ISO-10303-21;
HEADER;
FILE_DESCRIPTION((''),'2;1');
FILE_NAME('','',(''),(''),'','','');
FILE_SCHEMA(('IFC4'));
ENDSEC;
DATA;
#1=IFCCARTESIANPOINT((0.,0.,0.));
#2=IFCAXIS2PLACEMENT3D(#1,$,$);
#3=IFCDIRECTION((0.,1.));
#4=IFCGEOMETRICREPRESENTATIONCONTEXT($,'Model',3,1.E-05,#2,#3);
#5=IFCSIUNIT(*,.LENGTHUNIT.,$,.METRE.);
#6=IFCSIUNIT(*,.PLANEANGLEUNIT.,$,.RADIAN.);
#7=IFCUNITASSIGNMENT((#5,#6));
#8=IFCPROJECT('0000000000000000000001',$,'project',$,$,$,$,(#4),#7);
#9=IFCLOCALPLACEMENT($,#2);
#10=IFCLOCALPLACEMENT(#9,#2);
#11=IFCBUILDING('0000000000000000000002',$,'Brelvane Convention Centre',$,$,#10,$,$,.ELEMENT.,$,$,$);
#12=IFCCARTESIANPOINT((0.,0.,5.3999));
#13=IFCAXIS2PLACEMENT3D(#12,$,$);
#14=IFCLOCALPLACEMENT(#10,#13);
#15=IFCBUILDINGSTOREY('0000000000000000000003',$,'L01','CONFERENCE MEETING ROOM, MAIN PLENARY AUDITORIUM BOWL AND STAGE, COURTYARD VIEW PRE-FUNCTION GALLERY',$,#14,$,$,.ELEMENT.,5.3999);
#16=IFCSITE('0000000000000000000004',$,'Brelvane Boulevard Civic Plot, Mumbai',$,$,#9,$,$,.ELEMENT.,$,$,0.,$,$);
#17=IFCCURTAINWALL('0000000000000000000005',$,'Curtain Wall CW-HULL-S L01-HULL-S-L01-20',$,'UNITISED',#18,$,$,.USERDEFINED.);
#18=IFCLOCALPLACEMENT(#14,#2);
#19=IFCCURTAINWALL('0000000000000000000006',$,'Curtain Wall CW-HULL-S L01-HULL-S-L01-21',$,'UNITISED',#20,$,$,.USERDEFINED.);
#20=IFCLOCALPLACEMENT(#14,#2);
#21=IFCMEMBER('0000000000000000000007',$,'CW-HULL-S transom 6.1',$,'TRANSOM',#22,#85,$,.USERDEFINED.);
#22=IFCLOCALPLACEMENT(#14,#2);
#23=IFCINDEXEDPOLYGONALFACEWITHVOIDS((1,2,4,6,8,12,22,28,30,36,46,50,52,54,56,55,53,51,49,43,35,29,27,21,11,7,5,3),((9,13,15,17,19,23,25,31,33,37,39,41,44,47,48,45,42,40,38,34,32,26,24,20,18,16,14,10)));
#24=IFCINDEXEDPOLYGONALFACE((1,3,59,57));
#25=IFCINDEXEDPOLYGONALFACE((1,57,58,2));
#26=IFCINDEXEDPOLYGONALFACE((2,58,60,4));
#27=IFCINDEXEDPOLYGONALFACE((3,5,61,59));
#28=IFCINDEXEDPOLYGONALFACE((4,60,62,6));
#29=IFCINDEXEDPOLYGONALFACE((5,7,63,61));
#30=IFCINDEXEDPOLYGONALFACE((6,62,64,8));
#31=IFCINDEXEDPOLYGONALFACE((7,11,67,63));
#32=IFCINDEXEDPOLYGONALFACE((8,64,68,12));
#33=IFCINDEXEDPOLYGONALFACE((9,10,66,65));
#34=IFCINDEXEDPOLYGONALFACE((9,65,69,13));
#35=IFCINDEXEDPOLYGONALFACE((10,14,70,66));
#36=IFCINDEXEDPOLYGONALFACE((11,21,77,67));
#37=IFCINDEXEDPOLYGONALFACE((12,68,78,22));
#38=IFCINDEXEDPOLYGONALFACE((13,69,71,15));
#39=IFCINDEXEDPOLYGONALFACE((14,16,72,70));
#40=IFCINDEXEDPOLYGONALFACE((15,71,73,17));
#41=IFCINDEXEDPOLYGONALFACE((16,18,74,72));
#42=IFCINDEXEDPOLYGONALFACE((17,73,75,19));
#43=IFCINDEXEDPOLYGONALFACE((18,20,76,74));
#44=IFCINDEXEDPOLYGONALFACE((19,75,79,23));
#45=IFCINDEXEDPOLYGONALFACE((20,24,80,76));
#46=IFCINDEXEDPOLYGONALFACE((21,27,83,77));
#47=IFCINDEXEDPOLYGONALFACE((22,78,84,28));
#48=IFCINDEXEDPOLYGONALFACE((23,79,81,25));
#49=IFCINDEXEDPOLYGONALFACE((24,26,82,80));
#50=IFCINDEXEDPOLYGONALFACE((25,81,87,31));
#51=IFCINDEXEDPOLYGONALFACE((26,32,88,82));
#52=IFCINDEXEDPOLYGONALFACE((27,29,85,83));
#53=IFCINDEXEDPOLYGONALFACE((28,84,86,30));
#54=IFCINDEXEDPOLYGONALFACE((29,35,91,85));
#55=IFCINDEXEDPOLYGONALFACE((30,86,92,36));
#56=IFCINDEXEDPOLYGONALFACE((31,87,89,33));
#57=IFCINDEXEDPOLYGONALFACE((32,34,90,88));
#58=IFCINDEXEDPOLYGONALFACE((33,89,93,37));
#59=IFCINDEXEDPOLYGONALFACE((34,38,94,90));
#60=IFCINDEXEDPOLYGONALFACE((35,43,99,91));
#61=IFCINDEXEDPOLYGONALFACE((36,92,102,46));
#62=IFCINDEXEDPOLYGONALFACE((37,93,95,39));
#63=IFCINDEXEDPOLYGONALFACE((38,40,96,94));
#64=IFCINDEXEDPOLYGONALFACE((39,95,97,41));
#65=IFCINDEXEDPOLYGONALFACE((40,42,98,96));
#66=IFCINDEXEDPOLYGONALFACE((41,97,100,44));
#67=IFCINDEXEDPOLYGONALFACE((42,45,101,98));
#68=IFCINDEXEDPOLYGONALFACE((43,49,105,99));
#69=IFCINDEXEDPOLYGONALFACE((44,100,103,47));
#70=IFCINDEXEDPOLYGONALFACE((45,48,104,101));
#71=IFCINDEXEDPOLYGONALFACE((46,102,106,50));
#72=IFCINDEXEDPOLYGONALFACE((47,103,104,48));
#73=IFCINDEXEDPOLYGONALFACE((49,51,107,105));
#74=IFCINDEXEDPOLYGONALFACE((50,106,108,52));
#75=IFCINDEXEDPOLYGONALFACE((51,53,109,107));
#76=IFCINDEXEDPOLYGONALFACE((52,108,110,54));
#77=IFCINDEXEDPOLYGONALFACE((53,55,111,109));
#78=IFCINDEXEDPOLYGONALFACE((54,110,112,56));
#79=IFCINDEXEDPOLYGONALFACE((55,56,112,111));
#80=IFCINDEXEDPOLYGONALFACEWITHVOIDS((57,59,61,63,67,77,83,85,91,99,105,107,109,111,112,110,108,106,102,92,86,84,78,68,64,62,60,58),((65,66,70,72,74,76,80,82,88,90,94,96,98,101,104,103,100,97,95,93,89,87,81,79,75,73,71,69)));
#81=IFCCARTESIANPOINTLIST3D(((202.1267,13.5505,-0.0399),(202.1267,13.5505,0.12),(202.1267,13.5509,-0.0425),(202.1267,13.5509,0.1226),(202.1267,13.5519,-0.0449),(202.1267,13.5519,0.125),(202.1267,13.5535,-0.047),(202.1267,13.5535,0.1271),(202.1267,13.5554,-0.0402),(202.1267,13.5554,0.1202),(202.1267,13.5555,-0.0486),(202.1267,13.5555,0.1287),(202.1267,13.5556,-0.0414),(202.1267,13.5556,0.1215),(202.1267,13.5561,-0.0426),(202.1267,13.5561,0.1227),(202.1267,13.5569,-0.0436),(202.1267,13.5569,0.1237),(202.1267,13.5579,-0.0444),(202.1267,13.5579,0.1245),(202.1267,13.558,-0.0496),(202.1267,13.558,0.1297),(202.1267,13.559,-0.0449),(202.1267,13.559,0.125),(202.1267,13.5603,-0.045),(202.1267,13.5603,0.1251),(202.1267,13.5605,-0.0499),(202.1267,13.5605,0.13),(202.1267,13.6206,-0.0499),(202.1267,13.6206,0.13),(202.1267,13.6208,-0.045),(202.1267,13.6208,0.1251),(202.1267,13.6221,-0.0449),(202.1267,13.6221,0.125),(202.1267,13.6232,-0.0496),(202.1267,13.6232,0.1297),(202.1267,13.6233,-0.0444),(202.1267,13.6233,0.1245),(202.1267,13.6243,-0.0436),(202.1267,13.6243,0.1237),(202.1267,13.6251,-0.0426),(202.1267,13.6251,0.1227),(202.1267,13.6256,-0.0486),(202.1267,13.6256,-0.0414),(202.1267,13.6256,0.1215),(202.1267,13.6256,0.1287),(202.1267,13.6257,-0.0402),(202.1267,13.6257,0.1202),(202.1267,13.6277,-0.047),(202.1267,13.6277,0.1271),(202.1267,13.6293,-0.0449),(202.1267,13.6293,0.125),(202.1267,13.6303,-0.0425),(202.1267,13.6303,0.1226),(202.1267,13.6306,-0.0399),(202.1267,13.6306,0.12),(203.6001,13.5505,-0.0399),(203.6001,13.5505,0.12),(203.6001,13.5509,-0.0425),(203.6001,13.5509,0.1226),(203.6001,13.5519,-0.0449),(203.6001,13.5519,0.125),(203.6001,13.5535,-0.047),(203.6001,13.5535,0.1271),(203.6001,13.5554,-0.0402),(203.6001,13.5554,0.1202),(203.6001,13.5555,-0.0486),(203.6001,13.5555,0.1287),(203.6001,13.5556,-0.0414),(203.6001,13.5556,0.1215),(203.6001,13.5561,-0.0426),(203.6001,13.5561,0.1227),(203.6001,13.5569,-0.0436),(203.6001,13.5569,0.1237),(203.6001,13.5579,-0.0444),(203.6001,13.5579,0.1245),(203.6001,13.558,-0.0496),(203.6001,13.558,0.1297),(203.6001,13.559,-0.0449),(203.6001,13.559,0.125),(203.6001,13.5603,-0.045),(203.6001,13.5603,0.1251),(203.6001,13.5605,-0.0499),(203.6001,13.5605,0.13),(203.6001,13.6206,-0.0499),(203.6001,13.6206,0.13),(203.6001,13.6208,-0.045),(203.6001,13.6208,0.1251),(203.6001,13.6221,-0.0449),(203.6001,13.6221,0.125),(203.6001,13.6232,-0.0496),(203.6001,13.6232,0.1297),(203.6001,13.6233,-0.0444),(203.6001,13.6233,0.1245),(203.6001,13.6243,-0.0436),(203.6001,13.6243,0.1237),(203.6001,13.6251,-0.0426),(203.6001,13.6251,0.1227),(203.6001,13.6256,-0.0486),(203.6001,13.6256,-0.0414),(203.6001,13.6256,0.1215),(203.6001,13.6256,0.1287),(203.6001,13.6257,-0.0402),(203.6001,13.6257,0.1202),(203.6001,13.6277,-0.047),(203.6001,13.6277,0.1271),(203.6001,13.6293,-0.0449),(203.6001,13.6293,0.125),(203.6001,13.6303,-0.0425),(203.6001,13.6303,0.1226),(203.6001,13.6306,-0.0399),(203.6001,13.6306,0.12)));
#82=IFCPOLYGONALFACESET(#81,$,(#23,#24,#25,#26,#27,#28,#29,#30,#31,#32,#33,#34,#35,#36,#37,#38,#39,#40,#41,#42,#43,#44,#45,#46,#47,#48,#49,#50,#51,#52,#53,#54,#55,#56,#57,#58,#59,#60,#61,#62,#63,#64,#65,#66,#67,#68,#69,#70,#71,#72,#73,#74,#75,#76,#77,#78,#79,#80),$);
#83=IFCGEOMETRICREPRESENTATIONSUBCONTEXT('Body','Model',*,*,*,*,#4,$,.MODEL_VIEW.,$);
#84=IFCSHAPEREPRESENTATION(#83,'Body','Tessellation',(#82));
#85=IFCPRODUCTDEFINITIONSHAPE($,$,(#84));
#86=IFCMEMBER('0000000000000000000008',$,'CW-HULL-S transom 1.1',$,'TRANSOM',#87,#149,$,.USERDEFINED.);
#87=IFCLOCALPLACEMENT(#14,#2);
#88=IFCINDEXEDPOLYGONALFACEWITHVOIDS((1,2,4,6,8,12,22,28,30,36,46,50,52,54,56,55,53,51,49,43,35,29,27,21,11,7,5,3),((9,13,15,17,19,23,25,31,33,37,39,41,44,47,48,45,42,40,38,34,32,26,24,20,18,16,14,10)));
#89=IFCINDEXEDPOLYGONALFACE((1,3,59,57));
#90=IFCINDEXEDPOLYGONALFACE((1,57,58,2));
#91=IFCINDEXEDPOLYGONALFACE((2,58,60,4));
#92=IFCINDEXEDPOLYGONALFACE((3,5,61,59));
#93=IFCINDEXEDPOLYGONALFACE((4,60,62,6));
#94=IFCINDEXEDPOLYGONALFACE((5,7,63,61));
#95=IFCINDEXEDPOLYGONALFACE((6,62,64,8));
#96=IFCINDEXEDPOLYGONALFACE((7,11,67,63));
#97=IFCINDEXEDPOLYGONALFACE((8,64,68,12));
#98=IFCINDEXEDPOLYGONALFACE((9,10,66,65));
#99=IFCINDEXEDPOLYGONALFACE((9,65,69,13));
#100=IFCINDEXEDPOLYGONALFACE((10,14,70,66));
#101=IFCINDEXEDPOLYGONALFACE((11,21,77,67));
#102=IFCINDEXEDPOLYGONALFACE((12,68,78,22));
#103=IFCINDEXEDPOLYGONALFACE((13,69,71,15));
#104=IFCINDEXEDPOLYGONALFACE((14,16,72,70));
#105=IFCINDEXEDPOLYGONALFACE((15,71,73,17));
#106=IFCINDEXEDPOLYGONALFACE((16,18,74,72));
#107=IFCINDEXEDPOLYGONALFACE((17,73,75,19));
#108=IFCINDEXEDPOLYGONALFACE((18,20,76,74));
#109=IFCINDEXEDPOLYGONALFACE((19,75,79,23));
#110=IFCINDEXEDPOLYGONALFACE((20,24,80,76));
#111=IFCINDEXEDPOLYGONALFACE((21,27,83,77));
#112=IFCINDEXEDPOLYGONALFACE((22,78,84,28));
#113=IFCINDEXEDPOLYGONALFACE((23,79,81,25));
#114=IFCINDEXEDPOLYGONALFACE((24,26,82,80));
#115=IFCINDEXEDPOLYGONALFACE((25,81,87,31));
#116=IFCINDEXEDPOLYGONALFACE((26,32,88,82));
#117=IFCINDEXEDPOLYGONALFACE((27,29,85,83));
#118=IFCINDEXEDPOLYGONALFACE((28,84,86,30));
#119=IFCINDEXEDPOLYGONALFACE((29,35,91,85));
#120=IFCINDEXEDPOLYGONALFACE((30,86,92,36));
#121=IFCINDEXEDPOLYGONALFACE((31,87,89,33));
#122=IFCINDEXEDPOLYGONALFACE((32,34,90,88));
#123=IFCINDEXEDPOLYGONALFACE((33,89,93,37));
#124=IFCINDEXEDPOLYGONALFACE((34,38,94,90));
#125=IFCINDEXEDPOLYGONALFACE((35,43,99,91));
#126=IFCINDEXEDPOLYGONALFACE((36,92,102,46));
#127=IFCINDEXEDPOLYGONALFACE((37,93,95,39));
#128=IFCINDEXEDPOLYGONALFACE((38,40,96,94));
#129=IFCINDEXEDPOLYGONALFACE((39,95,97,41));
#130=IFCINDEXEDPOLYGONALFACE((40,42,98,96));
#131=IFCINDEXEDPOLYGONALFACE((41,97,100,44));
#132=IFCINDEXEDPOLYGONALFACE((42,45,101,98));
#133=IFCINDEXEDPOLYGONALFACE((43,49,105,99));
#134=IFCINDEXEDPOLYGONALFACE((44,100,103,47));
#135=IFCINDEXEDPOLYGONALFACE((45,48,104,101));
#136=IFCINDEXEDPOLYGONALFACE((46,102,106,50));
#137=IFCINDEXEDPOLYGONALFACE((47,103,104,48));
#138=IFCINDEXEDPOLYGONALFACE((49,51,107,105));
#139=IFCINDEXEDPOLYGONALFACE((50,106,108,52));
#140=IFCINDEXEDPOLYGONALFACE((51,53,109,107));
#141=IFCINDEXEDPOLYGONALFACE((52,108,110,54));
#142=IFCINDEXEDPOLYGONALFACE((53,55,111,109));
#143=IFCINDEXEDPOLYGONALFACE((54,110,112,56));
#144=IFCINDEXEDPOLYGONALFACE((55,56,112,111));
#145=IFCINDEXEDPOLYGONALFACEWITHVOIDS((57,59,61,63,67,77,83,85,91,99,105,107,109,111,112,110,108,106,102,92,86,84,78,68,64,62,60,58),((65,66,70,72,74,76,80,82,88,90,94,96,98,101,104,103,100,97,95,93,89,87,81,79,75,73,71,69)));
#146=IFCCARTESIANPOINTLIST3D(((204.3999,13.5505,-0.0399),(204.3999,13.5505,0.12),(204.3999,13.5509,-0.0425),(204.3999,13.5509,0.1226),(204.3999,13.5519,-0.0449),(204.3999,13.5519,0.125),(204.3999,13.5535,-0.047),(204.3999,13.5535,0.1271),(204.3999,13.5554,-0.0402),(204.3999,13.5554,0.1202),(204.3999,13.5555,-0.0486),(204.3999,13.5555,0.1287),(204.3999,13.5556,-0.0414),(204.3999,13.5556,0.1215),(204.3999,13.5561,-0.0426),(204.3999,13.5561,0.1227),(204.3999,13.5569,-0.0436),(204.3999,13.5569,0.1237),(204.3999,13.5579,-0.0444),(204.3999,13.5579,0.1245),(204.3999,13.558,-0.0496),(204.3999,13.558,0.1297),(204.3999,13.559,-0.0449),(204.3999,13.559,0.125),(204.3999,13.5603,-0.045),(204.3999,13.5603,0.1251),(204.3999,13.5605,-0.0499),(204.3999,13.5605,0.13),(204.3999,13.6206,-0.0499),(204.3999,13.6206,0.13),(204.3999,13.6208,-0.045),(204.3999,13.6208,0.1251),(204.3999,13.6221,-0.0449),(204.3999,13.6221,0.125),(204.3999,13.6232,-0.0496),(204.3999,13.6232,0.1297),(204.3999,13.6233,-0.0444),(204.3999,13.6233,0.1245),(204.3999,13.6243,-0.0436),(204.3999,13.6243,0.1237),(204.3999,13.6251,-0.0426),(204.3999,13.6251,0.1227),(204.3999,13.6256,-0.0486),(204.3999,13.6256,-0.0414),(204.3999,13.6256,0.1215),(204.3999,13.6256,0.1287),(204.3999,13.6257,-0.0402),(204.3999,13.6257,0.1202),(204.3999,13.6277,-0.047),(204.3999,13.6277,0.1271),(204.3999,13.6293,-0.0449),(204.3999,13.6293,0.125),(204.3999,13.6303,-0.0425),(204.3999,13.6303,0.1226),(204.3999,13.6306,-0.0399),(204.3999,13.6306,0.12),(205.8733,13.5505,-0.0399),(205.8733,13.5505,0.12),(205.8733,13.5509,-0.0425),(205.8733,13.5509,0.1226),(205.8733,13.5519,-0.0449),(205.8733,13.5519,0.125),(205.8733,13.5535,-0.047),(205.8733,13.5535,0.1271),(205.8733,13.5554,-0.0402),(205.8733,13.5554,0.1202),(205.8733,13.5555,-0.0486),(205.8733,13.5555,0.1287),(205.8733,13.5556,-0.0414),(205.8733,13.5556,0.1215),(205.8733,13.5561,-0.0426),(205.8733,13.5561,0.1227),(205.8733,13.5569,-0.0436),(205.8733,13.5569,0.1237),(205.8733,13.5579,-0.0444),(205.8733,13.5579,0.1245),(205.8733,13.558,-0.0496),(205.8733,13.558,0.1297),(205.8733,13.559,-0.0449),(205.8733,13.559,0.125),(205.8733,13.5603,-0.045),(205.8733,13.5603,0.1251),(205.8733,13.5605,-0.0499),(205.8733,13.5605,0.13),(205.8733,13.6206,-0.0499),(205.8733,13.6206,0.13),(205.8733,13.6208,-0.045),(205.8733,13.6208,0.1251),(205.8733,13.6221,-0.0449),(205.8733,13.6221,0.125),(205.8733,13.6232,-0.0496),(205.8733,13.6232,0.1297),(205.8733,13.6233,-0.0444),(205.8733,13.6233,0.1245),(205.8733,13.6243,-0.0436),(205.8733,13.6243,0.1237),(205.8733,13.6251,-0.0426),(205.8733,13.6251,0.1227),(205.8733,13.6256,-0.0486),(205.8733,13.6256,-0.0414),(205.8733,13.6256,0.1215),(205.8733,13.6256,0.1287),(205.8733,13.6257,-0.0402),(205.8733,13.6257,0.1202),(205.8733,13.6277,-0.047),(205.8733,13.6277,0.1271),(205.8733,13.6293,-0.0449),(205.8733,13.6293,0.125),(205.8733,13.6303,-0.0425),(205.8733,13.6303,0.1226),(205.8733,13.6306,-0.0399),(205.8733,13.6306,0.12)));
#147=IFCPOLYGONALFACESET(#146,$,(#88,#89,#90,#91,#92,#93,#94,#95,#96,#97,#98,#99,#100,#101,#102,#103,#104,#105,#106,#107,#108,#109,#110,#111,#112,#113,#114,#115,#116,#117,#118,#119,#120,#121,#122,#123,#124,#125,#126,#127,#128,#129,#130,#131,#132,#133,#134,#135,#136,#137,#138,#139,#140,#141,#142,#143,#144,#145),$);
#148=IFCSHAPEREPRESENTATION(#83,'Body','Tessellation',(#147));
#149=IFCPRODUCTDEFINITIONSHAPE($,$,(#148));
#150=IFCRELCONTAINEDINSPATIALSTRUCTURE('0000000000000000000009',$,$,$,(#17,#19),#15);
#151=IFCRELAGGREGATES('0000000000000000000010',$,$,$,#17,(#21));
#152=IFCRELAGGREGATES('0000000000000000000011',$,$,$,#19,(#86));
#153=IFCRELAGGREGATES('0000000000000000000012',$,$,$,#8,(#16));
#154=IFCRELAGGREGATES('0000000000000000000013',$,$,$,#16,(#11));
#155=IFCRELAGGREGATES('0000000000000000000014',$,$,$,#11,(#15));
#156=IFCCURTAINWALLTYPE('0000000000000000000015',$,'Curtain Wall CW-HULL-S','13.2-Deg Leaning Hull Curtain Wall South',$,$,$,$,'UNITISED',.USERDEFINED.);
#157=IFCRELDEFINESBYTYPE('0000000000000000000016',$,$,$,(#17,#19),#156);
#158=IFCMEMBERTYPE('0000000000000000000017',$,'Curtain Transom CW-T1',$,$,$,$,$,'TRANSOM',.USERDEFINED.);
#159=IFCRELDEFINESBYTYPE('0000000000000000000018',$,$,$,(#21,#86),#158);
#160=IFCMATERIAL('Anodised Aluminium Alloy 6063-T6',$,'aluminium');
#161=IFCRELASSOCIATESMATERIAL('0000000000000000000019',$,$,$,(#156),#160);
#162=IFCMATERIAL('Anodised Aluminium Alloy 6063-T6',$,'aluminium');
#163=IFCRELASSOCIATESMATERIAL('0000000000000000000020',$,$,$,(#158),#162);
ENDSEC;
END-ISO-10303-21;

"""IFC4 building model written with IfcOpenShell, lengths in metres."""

from ifc_helpers import new_model, si_unit, direction, frame, origin, origin_2d, place, context, subcontext, project, spatial, hollow_rectangle, extrude, material, material_profile, profile_set, type_object, element, aggregate, save


model = new_model("IFC4")

# Units and contexts
model_context = context("Model", 3, precision=1e-05, world=origin(), true_north=direction((0.0, 1.0)))
body_context = subcontext(model_context, "Body", "Model", "MODEL_VIEW")
ifc_project = project(units=[si_unit("LENGTHUNIT", "METRE"), si_unit("PLANEANGLEUNIT", "RADIAN")], contexts=[model_context])

# Site, building, storey
site_placement = place(None, origin())
site = spatial("IfcSite", under=ifc_project, at=site_placement, Name="Brelvane Boulevard Civic Plot, Mumbai", CompositionType="ELEMENT", RefElevation=0.0)
building_placement = place(site_placement, origin())
building = spatial("IfcBuilding", under=site, at=building_placement, Name="Brelvane Convention Centre", CompositionType="ELEMENT")
storey_placement = place(building_placement, frame((0.0, 0.0, 5.3999)))
storey = spatial("IfcBuildingStorey", under=building, at=storey_placement, Name="L01", Description="CONFERENCE MEETING ROOM, MAIN PLENARY AUDITORIUM BOWL AND STAGE, COURTYARD VIEW PRE-FUNCTION GALLERY", CompositionType="ELEMENT", Elevation=5.3999)

# Curtain walls
ifc_material_1 = material(Name="Anodised Aluminium Alloy 6063-T6", Category="aluminium")
curtain_wall_type = type_object("IfcCurtainWallType", Name="Curtain Wall CW-HULL-S", Description="13.2-Deg Leaning Hull Curtain Wall South", ElementType="UNITISED", PredefinedType="USERDEFINED", material=ifc_material_1)
curtain_wall_1_placement = place(storey_placement, origin())
curtain_wall_1 = element("IfcCurtainWall", 1, at=curtain_wall_1_placement, inside=storey, type_object=curtain_wall_type, Name="Curtain Wall CW-HULL-S L01-HULL-S-L01-20", ObjectType="UNITISED", PredefinedType="USERDEFINED")
curtain_wall_2_placement = place(storey_placement, origin())
curtain_wall_2 = element("IfcCurtainWall", 2, at=curtain_wall_2_placement, inside=storey, type_object=curtain_wall_type, Name="Curtain Wall CW-HULL-S L01-HULL-S-L01-21", ObjectType="UNITISED", PredefinedType="USERDEFINED")

# Members
ifc_material_2 = material(Name="Anodised Aluminium Alloy 6063-T6", Category="aluminium")
ifc_material_profile_1 = material_profile(ifc_material_2, hollow_rectangle(XDim=0.0801, YDim=0.1799, WallThickness=0.0049, InnerFilletRadius=0.0049, OuterFilletRadius=0.01, at=origin_2d()), Name="ALU-T 180x80x5.0")
ifc_profile_set_1 = profile_set([ifc_material_profile_1], Name="Anodised Aluminium Alloy 6063-T6")
member_type_1 = type_object("IfcMemberType", Name="Curtain Transom CW-T1", ElementType="TRANSOM", PredefinedType="USERDEFINED", material=ifc_profile_set_1)
member_1_placement = place(storey_placement, frame((202.1267, 13.5906, 0.04), z_axis=(1.0, 0.0, 0.0), x_axis=(0.0, 1.0, 0.0)))
member_1 = element("IfcMember", 3, at=member_1_placement, type_object=member_type_1, Name="CW-HULL-S transom 6.1", ObjectType="TRANSOM", PredefinedType="USERDEFINED", context=body_context, shape_type="SweptSolid", body=[
    extrude(hollow_rectangle(XDim=0.0801, YDim=0.1799, WallThickness=0.0049, InnerFilletRadius=0.0049, OuterFilletRadius=0.01, at=origin_2d()), origin(), (0.0, 0.0, 1.0), 1.4734),
])
aggregate(curtain_wall_1, [member_1])
member_2_placement = place(storey_placement, frame((204.3999, 13.5906, 0.04), z_axis=(1.0, 0.0, 0.0), x_axis=(0.0, 1.0, 0.0)))
member_2 = element("IfcMember", 4, at=member_2_placement, type_object=member_type_1, Name="CW-HULL-S transom 1.1", ObjectType="TRANSOM", PredefinedType="USERDEFINED", context=body_context, shape_type="SweptSolid", body=[
    extrude(hollow_rectangle(XDim=0.0801, YDim=0.1799, WallThickness=0.0049, InnerFilletRadius=0.0049, OuterFilletRadius=0.01, at=origin_2d()), origin(), (0.0, 0.0, 1.0), 1.4734),
])
aggregate(curtain_wall_2, [member_2])

save(model, "model.ifc")
